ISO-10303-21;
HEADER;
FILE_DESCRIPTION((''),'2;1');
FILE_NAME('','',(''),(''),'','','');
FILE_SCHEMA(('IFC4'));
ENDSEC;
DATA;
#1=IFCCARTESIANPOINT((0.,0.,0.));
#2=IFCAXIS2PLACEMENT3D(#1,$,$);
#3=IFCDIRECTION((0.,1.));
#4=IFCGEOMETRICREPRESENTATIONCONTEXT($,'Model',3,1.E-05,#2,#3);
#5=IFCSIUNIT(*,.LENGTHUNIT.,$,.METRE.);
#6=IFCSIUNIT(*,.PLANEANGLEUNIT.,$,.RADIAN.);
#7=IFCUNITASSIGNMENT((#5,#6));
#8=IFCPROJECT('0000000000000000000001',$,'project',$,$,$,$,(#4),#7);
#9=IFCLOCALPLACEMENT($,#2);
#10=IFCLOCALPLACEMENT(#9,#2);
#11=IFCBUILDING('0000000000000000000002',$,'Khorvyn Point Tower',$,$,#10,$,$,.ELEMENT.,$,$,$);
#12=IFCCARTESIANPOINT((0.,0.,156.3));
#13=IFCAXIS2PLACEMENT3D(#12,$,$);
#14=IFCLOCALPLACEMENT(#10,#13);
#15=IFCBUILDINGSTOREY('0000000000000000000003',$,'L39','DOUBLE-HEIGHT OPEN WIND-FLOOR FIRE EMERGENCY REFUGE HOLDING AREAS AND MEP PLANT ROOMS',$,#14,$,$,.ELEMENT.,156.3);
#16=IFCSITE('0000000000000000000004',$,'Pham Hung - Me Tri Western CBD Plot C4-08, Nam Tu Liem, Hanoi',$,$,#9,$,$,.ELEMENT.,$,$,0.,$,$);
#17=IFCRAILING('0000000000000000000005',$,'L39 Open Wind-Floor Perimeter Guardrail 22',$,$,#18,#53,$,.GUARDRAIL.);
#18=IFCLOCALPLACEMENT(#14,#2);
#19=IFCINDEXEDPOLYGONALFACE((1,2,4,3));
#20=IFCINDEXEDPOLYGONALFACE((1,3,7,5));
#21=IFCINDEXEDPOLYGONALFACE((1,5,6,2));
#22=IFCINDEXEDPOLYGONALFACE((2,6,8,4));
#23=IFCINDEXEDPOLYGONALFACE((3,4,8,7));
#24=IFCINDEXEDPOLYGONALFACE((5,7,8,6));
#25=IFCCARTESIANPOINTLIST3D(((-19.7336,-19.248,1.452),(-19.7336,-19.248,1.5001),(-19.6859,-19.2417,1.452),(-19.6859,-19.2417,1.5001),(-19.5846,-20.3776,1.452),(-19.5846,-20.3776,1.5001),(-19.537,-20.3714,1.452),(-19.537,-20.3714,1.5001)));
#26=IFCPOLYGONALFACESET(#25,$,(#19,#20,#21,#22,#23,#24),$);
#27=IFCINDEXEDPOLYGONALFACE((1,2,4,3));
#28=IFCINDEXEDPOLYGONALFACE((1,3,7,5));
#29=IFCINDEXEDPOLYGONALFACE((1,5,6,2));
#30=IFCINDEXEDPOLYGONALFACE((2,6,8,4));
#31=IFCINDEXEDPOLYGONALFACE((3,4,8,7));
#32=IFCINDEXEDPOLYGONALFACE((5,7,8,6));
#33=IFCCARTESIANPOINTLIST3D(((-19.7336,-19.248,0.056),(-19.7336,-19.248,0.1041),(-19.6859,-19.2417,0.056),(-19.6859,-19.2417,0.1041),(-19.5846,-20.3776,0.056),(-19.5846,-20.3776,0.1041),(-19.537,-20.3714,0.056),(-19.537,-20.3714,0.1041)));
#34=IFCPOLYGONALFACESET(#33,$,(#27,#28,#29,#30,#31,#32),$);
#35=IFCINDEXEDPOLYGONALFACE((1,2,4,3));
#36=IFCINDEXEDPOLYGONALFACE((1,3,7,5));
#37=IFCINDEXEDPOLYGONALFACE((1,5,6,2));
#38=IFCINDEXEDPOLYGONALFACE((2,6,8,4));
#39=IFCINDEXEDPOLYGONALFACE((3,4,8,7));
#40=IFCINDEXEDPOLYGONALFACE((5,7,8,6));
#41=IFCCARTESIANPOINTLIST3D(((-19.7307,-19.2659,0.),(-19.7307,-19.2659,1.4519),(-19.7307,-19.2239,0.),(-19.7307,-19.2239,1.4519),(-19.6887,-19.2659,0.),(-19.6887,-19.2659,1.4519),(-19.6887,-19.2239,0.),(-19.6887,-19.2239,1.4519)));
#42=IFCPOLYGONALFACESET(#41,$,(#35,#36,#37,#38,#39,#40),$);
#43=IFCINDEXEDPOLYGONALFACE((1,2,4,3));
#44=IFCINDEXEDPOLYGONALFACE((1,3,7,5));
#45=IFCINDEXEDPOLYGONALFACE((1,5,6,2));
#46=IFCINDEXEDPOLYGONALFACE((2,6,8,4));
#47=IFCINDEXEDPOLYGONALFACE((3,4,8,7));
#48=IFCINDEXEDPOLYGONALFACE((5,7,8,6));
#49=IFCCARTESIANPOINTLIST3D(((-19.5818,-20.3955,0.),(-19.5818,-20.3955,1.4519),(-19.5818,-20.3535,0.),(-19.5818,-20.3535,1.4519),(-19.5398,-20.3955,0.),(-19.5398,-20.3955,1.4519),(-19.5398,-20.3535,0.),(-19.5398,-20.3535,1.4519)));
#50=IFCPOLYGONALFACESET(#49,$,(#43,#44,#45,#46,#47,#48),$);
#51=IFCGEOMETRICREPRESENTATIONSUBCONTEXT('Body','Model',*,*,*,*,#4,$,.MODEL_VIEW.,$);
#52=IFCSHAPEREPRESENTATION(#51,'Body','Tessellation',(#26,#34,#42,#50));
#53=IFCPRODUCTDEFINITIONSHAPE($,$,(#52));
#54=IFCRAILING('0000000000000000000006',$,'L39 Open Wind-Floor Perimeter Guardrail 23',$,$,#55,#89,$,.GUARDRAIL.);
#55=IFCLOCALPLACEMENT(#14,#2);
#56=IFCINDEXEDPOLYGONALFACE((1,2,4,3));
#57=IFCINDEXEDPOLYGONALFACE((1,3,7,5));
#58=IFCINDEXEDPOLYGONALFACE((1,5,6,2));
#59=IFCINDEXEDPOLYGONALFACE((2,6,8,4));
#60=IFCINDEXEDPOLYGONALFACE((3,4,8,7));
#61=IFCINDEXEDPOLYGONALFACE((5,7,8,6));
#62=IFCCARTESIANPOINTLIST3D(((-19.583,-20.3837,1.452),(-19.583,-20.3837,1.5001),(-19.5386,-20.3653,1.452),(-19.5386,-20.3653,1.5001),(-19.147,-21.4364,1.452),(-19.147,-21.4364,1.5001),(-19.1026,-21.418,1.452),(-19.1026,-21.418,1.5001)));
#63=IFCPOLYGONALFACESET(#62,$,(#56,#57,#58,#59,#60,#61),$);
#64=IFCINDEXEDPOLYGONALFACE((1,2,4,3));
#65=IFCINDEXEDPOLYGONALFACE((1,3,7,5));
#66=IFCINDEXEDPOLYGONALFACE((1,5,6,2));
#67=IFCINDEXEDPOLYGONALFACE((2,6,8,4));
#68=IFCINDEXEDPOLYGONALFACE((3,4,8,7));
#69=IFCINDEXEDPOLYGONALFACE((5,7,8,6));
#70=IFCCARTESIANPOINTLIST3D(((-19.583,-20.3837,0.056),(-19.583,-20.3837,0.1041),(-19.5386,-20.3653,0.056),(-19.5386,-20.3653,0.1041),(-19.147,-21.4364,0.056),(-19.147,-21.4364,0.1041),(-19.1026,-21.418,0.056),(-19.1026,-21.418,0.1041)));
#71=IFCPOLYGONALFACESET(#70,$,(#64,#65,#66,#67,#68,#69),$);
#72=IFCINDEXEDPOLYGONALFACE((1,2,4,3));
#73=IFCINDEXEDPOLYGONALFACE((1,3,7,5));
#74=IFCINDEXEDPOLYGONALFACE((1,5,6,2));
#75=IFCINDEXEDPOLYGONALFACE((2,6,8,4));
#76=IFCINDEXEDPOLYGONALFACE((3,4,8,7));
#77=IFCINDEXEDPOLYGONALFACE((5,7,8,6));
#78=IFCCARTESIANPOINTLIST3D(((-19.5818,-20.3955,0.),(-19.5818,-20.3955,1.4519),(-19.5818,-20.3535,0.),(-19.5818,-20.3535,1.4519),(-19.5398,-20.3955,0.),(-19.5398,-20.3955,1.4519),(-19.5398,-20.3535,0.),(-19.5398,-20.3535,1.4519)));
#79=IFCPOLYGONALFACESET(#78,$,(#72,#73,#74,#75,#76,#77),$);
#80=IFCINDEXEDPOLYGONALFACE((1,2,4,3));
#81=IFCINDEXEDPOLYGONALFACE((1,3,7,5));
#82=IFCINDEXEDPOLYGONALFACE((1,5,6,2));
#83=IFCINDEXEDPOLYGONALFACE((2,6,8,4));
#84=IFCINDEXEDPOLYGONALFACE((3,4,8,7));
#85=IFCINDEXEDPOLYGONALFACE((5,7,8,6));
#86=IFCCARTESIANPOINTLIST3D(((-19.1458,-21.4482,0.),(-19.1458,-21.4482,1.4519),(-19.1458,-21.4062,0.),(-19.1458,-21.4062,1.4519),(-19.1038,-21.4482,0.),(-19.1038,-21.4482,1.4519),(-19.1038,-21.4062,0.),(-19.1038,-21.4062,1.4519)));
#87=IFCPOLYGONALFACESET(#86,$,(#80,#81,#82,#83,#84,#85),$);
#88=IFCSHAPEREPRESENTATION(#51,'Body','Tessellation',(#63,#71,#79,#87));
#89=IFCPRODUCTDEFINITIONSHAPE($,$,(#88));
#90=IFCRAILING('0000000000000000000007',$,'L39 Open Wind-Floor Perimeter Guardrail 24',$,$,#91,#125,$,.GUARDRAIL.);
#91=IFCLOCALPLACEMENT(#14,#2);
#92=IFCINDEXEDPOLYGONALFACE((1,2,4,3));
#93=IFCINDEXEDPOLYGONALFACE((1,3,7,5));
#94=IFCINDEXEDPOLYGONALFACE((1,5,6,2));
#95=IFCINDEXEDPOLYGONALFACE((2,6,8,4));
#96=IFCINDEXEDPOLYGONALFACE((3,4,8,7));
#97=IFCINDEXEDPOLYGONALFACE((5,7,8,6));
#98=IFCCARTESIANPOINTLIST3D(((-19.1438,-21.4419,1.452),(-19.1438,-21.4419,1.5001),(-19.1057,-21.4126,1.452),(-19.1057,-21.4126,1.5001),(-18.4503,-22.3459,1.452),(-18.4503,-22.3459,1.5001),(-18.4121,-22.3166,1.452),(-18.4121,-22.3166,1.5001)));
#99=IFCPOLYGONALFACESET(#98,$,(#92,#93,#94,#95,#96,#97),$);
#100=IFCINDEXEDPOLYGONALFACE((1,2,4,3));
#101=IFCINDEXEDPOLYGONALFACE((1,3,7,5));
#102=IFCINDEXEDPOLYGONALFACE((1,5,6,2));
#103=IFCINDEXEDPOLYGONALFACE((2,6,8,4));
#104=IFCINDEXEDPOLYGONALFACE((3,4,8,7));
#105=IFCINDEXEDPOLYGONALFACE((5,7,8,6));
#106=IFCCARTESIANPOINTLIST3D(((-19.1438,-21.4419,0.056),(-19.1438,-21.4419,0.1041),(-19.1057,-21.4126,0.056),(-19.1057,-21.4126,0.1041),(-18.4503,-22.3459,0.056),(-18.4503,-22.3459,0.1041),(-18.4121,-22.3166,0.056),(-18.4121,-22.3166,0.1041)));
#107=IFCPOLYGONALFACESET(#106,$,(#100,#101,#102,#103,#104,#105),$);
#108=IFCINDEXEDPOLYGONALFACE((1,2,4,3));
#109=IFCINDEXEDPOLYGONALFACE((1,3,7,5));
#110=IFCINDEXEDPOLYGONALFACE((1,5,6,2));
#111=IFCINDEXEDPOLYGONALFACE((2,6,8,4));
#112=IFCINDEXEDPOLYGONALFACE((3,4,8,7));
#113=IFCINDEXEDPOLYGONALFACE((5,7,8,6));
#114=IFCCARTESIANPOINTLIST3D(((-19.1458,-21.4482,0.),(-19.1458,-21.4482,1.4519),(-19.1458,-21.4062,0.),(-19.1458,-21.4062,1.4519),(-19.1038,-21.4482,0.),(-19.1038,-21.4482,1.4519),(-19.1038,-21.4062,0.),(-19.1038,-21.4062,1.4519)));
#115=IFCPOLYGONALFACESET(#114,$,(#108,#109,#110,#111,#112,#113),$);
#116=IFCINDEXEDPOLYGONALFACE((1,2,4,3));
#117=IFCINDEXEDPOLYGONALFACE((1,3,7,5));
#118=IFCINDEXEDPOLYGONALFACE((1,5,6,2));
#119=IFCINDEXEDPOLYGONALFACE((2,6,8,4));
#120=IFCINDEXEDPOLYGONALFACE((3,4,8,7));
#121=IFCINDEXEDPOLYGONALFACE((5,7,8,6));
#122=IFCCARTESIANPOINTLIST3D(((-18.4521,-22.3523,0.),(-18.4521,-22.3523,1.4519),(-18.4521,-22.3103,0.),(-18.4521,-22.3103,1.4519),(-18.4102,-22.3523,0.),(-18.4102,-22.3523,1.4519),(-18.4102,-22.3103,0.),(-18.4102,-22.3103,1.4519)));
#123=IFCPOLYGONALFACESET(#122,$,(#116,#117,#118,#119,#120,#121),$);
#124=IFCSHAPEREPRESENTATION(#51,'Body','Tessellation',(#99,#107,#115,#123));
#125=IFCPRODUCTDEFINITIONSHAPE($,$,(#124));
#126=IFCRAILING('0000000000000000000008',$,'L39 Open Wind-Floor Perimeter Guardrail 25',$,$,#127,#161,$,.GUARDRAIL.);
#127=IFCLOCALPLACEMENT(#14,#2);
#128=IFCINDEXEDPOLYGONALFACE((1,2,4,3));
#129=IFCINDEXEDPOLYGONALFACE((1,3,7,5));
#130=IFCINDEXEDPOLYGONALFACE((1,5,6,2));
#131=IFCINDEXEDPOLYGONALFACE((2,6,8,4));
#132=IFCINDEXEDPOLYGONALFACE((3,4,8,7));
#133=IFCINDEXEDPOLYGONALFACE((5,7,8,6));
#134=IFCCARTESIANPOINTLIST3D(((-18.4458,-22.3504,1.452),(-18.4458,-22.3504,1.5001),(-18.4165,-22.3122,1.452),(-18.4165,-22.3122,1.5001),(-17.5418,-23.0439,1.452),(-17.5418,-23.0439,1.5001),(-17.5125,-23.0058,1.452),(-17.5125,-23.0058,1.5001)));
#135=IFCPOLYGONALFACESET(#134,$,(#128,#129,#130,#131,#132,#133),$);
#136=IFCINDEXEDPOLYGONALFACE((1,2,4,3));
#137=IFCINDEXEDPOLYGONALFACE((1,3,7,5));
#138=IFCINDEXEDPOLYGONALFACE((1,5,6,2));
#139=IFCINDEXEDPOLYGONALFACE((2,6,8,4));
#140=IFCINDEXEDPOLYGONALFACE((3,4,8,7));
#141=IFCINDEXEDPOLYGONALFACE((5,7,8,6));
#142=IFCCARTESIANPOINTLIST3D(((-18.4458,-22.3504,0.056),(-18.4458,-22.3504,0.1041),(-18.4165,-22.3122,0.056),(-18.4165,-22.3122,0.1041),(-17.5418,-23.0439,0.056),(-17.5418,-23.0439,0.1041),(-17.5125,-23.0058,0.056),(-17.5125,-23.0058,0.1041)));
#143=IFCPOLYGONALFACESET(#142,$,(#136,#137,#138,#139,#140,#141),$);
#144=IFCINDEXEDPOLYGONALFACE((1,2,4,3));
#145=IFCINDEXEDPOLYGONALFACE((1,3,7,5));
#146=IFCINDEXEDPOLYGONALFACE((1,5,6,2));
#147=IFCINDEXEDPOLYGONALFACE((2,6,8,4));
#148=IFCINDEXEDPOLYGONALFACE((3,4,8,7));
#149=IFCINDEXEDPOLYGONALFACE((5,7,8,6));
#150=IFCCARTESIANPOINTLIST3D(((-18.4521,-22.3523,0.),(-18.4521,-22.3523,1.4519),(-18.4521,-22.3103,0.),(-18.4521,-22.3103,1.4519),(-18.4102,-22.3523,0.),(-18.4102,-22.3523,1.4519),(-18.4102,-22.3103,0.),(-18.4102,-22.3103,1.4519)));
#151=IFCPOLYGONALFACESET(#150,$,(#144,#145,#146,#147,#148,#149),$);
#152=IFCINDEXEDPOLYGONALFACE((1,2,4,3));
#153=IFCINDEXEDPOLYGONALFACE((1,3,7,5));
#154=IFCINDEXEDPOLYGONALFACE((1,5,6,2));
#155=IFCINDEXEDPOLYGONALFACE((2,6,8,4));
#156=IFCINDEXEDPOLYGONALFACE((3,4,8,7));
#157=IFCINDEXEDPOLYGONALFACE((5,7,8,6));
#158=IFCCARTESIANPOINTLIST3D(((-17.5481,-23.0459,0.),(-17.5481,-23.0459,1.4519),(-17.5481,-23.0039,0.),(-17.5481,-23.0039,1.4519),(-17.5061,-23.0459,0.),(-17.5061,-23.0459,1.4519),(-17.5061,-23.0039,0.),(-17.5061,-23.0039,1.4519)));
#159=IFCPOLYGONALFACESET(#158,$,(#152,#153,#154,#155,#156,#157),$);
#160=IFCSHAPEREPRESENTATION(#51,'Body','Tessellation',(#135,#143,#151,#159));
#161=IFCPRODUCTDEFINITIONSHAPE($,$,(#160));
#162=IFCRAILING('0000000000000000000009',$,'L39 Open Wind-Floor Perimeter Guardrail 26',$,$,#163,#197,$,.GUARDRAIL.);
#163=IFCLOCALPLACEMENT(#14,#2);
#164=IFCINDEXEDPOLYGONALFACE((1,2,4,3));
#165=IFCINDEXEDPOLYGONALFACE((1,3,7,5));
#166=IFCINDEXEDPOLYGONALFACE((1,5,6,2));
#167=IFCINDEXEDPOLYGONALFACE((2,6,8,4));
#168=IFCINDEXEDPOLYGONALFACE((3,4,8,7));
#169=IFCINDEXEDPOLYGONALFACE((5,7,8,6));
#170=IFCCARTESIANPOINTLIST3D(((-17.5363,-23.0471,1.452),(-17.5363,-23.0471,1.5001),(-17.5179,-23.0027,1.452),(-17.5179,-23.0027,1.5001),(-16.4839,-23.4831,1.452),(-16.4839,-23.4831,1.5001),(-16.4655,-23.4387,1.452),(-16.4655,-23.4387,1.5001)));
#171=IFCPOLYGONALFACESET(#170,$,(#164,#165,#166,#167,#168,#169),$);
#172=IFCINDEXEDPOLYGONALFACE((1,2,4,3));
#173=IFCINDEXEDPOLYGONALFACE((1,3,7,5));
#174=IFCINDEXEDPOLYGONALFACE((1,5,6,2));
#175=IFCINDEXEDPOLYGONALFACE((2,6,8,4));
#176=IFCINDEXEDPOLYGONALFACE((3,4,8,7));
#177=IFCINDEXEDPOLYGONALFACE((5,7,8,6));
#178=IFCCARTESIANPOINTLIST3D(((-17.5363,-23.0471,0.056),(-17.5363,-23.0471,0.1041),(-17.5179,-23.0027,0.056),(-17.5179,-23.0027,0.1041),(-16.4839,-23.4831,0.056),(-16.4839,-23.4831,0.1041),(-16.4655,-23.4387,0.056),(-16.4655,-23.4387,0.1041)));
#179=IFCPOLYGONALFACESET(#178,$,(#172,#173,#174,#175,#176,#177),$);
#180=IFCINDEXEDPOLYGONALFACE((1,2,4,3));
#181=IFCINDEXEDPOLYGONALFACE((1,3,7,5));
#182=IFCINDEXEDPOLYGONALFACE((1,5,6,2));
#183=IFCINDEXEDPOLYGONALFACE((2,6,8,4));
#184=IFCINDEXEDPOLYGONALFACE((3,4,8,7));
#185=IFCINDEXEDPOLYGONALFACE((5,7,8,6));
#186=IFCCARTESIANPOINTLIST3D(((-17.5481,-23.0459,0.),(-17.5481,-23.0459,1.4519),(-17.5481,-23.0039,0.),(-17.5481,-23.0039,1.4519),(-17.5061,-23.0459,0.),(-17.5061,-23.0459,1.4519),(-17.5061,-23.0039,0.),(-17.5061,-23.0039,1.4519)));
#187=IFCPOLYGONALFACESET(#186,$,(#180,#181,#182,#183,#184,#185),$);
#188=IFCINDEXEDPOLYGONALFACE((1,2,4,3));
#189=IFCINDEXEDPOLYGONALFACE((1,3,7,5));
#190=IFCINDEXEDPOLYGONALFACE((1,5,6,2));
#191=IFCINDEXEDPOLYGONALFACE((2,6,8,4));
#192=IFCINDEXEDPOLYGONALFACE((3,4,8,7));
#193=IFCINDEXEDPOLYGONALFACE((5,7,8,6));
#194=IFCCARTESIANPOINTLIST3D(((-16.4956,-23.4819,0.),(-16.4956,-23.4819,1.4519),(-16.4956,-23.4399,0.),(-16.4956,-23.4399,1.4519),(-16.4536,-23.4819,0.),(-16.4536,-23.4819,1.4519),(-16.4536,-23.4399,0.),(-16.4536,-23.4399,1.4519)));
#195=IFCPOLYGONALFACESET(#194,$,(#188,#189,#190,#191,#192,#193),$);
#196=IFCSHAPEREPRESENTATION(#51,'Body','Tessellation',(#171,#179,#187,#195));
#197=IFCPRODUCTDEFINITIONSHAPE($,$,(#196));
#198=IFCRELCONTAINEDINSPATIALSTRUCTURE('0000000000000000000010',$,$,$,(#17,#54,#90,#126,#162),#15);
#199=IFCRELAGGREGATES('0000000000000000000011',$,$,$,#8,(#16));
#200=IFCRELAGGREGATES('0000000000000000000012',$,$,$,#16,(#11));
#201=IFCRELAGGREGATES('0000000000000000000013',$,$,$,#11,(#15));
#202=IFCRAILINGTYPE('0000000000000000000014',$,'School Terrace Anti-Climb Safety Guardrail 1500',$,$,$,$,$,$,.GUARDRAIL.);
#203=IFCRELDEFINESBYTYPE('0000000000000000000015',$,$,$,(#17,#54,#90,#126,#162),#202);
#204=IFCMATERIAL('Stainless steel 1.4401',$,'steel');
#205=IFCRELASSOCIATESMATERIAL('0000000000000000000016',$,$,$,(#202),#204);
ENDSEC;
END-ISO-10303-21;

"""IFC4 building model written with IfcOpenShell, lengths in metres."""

from ifc_helpers import new_model, si_unit, direction, frame, origin, origin_2d, place, context, subcontext, project, spatial, rectangle, extrude, material, type_object, element, save


model = new_model("IFC4")

# Units and contexts
model_context = context("Model", 3, precision=1e-05, world=origin(), true_north=direction((0.0, 1.0)))
body_context = subcontext(model_context, "Body", "Model", "MODEL_VIEW")
ifc_project = project(units=[si_unit("LENGTHUNIT", "METRE"), si_unit("PLANEANGLEUNIT", "RADIAN")], contexts=[model_context])

# Site, building, storey
site_placement = place(None, origin())
site = spatial("IfcSite", under=ifc_project, at=site_placement, Name="Pham Hung - Me Tri Western CBD Plot C4-08, Nam Tu Liem, Hanoi", CompositionType="ELEMENT", RefElevation=0.0)
building_placement = place(site_placement, origin())
building = spatial("IfcBuilding", under=site, at=building_placement, Name="Khorvyn Point Tower", CompositionType="ELEMENT")
storey_placement = place(building_placement, frame((0.0, 0.0, 156.3)))
storey = spatial("IfcBuildingStorey", under=building, at=storey_placement, Name="L39", Description="DOUBLE-HEIGHT OPEN WIND-FLOOR FIRE EMERGENCY REFUGE HOLDING AREAS AND MEP PLANT ROOMS", CompositionType="ELEMENT", Elevation=156.3)

# Railings
ifc_material_1 = material(Name="Stainless steel 1.4401", Category="steel")
railing_type = type_object("IfcRailingType", Name="School Terrace Anti-Climb Safety Guardrail 1500", PredefinedType="GUARDRAIL", material=ifc_material_1)
railing_1_placement = place(storey_placement, frame((-19.7097, -19.2449, 0.0)))
element("IfcRailing", 1, at=railing_1_placement, inside=storey, type_object=railing_type, Name="L39 Open Wind-Floor Perimeter Guardrail 22", PredefinedType="GUARDRAIL", context=body_context, shape_type="SweptSolid", body=[
    extrude(rectangle(XDim=0.0481, YDim=0.0481, at=origin_2d()), frame((0.0, 0.0, 1.4761), z_axis=(0.130704, -0.991421, 0.0), x_axis=(0.991421, 0.130704, 0.0)), (0.0, 0.0, 1.0), 1.1394),
    extrude(rectangle(XDim=0.0481, YDim=0.0481, at=origin_2d()), frame((0.0, 0.0, 0.0801), z_axis=(0.130704, -0.991421, 0.0), x_axis=(0.991421, 0.130704, 0.0)), (0.0, 0.0, 1.0), 1.1394),
    extrude(rectangle(XDim=0.042, YDim=0.042, at=origin_2d()), origin(), (0.0, 0.0, 1.0), 1.4519),
    extrude(rectangle(XDim=0.042, YDim=0.042, at=origin_2d()), frame((0.1489, -1.1296, 0.0)), (0.0, 0.0, 1.0), 1.4519),
])
railing_2_placement = place(storey_placement, frame((-19.5608, -20.3745, 0.0)))
element("IfcRailing", 2, at=railing_2_placement, inside=storey, type_object=railing_type, Name="L39 Open Wind-Floor Perimeter Guardrail 23", PredefinedType="GUARDRAIL", context=body_context, shape_type="SweptSolid", body=[
    extrude(rectangle(XDim=0.0481, YDim=0.0481, at=origin_2d()), frame((0.0, 0.0, 1.4761), z_axis=(0.382667, -0.923886, 0.0), x_axis=(0.923886, 0.382667, 0.0)), (0.0, 0.0, 1.0), 1.1394),
    extrude(rectangle(XDim=0.0481, YDim=0.0481, at=origin_2d()), frame((0.0, 0.0, 0.0801), z_axis=(0.382667, -0.923886, 0.0), x_axis=(0.923886, 0.382667, 0.0)), (0.0, 0.0, 1.0), 1.1394),
    extrude(rectangle(XDim=0.042, YDim=0.042, at=origin_2d()), origin(), (0.0, 0.0, 1.0), 1.4519),
    extrude(rectangle(XDim=0.042, YDim=0.042, at=origin_2d()), frame((0.436, -1.0527, 0.0)), (0.0, 0.0, 1.0), 1.4519),
])
railing_3_placement = place(storey_placement, frame((-19.1248, -21.4272, 0.0)))
element("IfcRailing", 3, at=railing_3_placement, inside=storey, type_object=railing_type, Name="L39 Open Wind-Floor Perimeter Guardrail 24", PredefinedType="GUARDRAIL", context=body_context, shape_type="SweptSolid", body=[
    extrude(rectangle(XDim=0.0481, YDim=0.0481, at=origin_2d()), frame((0.0, 0.0, 1.4761), z_axis=(0.608706, -0.793396, 0.0), x_axis=(0.793396, 0.608706, 0.0)), (0.0, 0.0, 1.0), 1.1394),
    extrude(rectangle(XDim=0.0481, YDim=0.0481, at=origin_2d()), frame((0.0, 0.0, 0.0801), z_axis=(0.608706, -0.793396, 0.0), x_axis=(0.793396, 0.608706, 0.0)), (0.0, 0.0, 1.0), 1.1394),
    extrude(rectangle(XDim=0.042, YDim=0.042, at=origin_2d()), origin(), (0.0, 0.0, 1.0), 1.4519),
    extrude(rectangle(XDim=0.042, YDim=0.042, at=origin_2d()), frame((0.6936, -0.9041, 0.0)), (0.0, 0.0, 1.0), 1.4519),
])
railing_4_placement = place(storey_placement, frame((-18.4312, -22.3313, 0.0)))
element("IfcRailing", 4, at=railing_4_placement, inside=storey, type_object=railing_type, Name="L39 Open Wind-Floor Perimeter Guardrail 25", PredefinedType="GUARDRAIL", context=body_context, shape_type="SweptSolid", body=[
    extrude(rectangle(XDim=0.0481, YDim=0.0481, at=origin_2d()), frame((0.0, 0.0, 1.4761), z_axis=(0.793396, -0.608706, 0.0), x_axis=(0.608706, 0.793396, 0.0)), (0.0, 0.0, 1.0), 1.1394),
    extrude(rectangle(XDim=0.0481, YDim=0.0481, at=origin_2d()), frame((0.0, 0.0, 0.0801), z_axis=(0.793396, -0.608706, 0.0), x_axis=(0.608706, 0.793396, 0.0)), (0.0, 0.0, 1.0), 1.1394),
    extrude(rectangle(XDim=0.042, YDim=0.042, at=origin_2d()), origin(), (0.0, 0.0, 1.0), 1.4519),
    extrude(rectangle(XDim=0.042, YDim=0.042, at=origin_2d()), frame((0.9041, -0.6936, 0.0)), (0.0, 0.0, 1.0), 1.4519),
])
railing_5_placement = place(storey_placement, frame((-17.5271, -23.0249, 0.0)))
element("IfcRailing", 5, at=railing_5_placement, inside=storey, type_object=railing_type, Name="L39 Open Wind-Floor Perimeter Guardrail 26", PredefinedType="GUARDRAIL", context=body_context, shape_type="SweptSolid", body=[
    extrude(rectangle(XDim=0.0481, YDim=0.0481, at=origin_2d()), frame((0.0, 0.0, 1.4761), z_axis=(0.923855, -0.382743, 0.0), x_axis=(0.382743, 0.923855, 0.0)), (0.0, 0.0, 1.0), 1.1392),
    extrude(rectangle(XDim=0.0481, YDim=0.0481, at=origin_2d()), frame((0.0, 0.0, 0.0801), z_axis=(0.923855, -0.382743, 0.0), x_axis=(0.382743, 0.923855, 0.0)), (0.0, 0.0, 1.0), 1.1392),
    extrude(rectangle(XDim=0.042, YDim=0.042, at=origin_2d()), origin(), (0.0, 0.0, 1.0), 1.4519),
    extrude(rectangle(XDim=0.042, YDim=0.042, at=origin_2d()), frame((1.0525, -0.436, 0.0)), (0.0, 0.0, 1.0), 1.4519),
])

save(model, "model.ifc")
